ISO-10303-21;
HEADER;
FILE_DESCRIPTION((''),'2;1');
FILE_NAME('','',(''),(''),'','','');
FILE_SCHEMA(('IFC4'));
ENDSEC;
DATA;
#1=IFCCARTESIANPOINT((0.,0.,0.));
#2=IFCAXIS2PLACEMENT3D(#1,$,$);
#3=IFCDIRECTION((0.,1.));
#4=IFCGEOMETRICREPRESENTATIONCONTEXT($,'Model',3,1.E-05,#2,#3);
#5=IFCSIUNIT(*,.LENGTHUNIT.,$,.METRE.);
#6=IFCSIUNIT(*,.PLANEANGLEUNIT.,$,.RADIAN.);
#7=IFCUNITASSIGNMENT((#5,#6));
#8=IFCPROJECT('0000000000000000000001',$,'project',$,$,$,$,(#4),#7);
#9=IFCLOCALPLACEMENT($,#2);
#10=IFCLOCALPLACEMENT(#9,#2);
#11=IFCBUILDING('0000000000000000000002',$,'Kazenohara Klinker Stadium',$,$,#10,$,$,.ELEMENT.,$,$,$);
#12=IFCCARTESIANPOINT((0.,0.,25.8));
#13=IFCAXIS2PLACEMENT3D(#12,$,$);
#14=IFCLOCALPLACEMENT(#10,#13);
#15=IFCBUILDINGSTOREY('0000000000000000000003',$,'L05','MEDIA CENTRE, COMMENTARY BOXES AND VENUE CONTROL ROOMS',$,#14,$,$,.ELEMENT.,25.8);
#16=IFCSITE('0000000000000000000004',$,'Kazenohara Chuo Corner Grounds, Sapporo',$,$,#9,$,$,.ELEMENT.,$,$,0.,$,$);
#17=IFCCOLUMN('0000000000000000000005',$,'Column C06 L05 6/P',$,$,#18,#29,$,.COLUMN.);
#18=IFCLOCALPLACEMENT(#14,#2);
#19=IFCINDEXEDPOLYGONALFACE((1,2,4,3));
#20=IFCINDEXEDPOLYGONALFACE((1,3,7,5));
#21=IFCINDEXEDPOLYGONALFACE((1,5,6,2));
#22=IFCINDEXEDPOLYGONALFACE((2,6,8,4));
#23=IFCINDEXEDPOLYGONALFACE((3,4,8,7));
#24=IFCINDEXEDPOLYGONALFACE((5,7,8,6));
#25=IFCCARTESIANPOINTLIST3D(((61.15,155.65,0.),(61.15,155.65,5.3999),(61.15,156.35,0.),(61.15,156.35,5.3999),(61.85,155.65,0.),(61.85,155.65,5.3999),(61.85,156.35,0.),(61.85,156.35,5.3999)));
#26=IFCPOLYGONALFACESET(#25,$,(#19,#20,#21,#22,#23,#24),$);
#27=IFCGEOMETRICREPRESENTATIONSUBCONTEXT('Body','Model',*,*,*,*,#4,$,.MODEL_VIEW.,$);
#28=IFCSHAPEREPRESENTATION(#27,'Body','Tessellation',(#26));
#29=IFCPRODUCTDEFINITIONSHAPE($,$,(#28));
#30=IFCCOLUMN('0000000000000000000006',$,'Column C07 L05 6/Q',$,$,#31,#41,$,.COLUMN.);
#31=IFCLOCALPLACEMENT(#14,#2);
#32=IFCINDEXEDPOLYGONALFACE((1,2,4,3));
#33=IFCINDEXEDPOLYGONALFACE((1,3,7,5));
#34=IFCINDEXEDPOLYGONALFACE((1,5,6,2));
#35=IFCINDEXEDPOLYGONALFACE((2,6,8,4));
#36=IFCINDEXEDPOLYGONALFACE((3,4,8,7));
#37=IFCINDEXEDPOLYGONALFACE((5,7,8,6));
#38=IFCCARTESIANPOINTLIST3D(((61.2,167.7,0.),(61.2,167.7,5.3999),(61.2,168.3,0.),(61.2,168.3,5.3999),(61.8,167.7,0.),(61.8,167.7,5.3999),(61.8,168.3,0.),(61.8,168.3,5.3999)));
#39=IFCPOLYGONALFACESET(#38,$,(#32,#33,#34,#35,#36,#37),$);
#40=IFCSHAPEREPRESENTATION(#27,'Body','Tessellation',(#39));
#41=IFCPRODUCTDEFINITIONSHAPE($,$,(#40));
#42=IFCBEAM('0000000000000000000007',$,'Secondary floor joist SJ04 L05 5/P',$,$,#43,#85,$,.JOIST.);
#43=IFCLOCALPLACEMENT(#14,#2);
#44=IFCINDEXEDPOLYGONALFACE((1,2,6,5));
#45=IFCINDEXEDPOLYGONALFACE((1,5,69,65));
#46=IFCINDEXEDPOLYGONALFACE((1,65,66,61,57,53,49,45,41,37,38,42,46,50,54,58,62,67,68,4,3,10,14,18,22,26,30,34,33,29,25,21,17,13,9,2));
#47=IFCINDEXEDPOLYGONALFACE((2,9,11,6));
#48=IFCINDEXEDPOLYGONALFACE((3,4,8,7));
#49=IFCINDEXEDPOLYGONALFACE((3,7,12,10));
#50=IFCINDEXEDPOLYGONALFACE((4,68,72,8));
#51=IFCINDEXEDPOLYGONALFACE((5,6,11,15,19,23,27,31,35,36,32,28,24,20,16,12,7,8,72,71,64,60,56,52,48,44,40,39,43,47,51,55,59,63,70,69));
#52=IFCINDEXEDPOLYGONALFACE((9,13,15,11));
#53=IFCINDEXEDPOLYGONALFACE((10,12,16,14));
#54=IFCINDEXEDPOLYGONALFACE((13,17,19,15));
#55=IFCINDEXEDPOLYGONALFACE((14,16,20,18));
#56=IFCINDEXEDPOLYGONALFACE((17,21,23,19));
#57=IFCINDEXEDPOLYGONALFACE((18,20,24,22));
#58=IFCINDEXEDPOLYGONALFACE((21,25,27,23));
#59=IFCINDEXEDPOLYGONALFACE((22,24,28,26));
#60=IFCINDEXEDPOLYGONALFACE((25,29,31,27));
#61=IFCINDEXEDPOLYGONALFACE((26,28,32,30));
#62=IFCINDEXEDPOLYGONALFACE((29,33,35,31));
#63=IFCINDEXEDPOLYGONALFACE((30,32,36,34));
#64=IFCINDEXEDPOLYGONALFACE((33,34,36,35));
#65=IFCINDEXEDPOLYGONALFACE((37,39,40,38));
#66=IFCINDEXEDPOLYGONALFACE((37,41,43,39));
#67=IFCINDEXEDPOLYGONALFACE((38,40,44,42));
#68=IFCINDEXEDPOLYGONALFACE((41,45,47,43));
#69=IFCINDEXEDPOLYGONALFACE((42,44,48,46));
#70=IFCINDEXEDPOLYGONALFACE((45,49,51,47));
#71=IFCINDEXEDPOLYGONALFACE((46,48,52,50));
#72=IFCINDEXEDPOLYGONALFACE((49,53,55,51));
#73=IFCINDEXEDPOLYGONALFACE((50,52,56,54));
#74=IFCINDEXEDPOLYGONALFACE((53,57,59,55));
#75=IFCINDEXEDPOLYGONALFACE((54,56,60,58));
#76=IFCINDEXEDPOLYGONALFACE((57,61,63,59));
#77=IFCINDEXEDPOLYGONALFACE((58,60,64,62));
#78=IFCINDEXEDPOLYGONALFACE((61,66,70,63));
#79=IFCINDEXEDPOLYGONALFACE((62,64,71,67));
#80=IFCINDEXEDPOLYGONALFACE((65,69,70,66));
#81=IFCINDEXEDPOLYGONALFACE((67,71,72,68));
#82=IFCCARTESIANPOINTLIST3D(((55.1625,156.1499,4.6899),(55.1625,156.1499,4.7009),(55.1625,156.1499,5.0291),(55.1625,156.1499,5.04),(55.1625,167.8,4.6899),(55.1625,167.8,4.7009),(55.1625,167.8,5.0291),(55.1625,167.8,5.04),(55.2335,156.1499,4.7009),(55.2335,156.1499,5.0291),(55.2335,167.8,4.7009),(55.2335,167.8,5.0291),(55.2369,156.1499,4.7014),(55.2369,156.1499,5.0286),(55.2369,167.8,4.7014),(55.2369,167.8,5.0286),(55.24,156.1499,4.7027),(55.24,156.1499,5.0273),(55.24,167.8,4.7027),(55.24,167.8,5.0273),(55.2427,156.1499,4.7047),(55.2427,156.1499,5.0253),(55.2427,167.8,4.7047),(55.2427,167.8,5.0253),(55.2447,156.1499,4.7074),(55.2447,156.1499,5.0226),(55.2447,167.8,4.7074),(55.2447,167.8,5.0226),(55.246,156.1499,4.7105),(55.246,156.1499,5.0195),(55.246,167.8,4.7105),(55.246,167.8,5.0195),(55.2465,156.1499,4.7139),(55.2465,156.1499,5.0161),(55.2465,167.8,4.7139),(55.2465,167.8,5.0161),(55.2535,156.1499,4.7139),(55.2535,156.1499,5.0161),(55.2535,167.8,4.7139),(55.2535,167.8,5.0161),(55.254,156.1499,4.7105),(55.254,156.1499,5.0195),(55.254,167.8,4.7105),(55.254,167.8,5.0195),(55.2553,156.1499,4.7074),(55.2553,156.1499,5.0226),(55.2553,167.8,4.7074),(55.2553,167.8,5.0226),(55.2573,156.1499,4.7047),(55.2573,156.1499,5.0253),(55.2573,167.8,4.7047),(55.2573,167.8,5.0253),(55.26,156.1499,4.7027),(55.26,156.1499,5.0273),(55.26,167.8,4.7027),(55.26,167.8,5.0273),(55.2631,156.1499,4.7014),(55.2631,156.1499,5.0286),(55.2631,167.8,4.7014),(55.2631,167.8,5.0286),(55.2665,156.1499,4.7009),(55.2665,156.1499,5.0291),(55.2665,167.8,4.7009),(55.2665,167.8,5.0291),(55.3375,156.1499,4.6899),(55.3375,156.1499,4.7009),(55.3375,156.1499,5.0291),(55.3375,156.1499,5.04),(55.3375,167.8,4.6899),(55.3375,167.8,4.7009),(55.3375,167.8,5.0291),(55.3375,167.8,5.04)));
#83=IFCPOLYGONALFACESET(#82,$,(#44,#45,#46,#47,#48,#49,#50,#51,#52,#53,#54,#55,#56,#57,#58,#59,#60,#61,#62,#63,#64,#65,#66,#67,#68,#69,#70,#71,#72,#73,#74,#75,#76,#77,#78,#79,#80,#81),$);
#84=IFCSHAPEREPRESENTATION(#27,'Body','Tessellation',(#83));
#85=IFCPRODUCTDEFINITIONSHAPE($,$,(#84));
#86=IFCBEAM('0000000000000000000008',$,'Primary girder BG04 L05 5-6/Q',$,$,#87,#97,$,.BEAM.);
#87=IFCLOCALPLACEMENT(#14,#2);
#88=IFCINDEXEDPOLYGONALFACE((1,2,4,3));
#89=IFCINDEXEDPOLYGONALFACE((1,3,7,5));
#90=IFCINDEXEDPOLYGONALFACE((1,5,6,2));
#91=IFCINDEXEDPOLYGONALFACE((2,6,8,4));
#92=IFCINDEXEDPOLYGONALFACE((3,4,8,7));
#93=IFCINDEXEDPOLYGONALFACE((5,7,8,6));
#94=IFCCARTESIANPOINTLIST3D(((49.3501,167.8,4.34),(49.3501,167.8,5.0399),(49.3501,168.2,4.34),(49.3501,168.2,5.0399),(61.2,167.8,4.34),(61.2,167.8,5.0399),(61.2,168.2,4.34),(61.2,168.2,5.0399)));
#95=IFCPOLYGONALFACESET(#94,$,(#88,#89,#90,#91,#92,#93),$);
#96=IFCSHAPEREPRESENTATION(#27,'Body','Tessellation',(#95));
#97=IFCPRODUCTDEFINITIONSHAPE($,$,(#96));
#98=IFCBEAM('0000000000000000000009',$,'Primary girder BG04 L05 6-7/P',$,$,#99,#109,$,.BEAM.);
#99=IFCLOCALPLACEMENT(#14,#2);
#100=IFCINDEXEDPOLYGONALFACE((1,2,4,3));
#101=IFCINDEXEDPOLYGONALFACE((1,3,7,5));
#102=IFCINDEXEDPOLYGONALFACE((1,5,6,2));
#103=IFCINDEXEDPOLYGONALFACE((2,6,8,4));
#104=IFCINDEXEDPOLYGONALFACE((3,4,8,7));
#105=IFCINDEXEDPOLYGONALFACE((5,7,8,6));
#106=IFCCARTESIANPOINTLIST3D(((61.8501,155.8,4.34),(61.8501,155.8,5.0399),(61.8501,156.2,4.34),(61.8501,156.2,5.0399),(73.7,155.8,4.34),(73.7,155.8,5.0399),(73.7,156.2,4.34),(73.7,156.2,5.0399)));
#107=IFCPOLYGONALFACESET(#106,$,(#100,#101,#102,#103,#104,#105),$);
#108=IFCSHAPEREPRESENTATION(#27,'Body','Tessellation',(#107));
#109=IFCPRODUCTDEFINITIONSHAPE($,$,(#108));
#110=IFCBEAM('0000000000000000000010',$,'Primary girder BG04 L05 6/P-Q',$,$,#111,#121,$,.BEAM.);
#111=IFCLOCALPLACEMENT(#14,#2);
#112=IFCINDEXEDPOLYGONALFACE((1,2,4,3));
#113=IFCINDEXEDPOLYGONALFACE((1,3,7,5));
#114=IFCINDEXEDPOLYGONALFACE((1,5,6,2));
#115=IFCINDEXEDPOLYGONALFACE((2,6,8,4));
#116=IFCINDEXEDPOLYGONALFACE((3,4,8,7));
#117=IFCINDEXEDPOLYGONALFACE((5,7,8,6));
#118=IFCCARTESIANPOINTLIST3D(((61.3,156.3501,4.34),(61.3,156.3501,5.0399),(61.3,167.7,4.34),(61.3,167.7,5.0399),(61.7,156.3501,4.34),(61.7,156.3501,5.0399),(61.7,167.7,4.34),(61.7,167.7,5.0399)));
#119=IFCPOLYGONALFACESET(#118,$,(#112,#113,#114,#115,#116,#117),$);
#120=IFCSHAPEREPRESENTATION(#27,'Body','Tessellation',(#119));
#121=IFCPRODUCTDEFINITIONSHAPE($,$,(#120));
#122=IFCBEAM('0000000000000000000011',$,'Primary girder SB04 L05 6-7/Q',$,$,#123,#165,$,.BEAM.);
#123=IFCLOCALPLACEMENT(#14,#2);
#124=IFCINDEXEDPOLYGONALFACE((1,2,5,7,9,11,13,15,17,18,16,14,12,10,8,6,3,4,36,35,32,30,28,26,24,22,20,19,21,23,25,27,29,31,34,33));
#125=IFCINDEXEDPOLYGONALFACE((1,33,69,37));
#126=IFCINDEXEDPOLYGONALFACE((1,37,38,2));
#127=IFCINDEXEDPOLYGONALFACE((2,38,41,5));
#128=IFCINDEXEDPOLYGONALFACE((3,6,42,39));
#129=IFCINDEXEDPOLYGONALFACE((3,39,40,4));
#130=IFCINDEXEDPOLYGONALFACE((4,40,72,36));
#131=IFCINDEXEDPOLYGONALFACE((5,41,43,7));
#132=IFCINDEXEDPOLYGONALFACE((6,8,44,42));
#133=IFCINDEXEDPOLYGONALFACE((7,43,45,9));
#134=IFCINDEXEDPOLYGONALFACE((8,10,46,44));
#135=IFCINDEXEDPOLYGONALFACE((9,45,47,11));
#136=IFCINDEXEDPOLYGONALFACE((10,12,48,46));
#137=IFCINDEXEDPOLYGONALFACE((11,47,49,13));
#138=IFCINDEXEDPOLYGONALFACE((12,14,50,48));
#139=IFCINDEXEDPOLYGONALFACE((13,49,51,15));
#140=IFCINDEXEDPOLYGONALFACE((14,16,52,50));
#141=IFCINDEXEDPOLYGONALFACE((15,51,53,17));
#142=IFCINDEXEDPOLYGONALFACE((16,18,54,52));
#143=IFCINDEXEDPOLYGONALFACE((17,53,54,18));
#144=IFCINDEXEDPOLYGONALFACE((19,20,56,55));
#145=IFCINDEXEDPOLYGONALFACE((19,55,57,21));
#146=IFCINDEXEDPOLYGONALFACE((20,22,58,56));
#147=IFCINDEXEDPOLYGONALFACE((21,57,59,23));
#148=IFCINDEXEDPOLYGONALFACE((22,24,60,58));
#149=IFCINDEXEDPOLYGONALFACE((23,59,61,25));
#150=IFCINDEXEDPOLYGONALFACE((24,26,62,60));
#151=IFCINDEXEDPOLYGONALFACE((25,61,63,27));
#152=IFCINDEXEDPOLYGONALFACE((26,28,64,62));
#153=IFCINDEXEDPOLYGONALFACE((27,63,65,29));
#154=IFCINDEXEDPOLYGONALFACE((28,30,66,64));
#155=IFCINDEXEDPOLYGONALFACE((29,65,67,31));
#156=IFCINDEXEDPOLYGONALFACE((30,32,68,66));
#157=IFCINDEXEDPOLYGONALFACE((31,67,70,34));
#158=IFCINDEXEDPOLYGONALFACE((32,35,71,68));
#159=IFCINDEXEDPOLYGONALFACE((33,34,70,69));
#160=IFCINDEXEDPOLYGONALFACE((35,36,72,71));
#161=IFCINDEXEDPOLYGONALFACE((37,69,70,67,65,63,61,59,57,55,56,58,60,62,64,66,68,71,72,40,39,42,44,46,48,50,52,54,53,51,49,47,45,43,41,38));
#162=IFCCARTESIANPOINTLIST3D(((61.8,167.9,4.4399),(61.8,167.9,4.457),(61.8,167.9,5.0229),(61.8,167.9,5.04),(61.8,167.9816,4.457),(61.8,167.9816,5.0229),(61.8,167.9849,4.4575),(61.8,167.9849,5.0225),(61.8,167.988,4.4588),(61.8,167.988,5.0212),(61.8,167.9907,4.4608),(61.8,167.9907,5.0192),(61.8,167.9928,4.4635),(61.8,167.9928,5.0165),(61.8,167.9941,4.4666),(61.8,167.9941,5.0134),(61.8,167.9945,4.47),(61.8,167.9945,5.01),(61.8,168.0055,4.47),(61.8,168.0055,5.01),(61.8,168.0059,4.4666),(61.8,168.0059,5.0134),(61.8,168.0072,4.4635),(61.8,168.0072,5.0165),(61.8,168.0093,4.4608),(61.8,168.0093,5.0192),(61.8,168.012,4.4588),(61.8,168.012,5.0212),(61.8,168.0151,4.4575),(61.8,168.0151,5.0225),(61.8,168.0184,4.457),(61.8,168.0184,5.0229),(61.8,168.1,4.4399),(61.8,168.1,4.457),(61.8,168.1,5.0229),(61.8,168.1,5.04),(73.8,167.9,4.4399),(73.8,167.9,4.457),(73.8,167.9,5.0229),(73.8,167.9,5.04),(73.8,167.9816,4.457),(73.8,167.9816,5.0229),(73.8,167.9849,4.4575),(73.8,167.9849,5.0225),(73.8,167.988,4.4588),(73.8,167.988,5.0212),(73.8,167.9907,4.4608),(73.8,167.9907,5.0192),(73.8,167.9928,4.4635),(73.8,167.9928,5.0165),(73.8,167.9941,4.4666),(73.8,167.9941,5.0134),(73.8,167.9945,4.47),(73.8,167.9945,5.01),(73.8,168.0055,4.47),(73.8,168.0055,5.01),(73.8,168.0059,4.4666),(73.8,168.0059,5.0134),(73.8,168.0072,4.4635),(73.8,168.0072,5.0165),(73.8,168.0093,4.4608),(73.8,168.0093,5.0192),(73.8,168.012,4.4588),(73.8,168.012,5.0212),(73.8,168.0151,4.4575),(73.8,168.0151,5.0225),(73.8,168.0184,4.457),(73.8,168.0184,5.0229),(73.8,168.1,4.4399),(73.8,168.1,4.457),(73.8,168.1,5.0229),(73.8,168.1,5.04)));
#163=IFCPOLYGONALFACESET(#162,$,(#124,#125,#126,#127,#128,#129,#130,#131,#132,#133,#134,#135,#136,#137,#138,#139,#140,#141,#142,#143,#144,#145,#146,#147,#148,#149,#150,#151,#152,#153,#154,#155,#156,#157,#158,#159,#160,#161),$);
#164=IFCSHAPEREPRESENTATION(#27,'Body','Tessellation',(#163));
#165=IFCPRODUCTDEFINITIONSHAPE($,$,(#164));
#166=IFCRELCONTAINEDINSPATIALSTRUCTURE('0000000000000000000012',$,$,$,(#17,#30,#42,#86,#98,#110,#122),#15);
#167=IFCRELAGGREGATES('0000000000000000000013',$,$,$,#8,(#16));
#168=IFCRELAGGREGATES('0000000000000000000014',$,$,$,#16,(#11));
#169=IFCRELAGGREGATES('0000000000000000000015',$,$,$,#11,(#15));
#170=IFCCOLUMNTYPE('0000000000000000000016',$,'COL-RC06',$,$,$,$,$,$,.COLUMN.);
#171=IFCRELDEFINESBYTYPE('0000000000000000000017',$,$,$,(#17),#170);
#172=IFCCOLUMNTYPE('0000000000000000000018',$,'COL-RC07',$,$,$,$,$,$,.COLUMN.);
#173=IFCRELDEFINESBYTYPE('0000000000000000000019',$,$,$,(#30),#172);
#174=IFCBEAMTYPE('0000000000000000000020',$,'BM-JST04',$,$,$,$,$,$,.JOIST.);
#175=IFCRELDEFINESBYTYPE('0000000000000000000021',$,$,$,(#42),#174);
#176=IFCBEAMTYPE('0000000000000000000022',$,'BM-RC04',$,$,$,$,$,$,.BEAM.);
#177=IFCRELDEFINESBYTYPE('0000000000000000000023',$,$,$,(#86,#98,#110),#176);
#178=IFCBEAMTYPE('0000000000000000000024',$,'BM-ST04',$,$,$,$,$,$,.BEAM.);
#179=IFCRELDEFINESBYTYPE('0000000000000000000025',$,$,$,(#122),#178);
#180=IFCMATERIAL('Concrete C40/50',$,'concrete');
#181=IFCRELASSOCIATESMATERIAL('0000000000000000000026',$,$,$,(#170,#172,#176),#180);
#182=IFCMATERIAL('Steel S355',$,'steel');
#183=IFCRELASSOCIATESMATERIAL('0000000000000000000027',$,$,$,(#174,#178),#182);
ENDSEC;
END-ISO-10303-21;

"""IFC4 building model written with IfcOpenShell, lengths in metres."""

from ifc_helpers import new_model, si_unit, direction, frame, origin, origin_2d, place, context, subcontext, project, spatial, rectangle, i_section, extrude, material, material_profile, profile_set, type_object, element, save


model = new_model("IFC4")

# Units and contexts
model_context = context("Model", 3, precision=1e-05, world=origin(), true_north=direction((0.0, 1.0)))
body_context = subcontext(model_context, "Body", "Model", "MODEL_VIEW")
ifc_project = project(units=[si_unit("LENGTHUNIT", "METRE"), si_unit("PLANEANGLEUNIT", "RADIAN")], contexts=[model_context])

# Site, building, storey
site_placement = place(None, origin())
site = spatial("IfcSite", under=ifc_project, at=site_placement, Name="Kazenohara Chuo Corner Grounds, Sapporo", CompositionType="ELEMENT", RefElevation=0.0)
building_placement = place(site_placement, origin())
building = spatial("IfcBuilding", under=site, at=building_placement, Name="Kazenohara Klinker Stadium", CompositionType="ELEMENT")
storey_placement = place(building_placement, frame((0.0, 0.0, 25.8)))
storey = spatial("IfcBuildingStorey", under=building, at=storey_placement, Name="L05", Description="MEDIA CENTRE, COMMENTARY BOXES AND VENUE CONTROL ROOMS", CompositionType="ELEMENT", Elevation=25.8)

# Columns
ifc_material_1 = material(Name="Concrete C40/50", Category="concrete")
ifc_material_profile_1 = material_profile(ifc_material_1, rectangle(XDim=0.7, YDim=0.7, at=origin_2d()), Name="RC-COL-700x700")
ifc_profile_set_1 = profile_set([ifc_material_profile_1], Name="Concrete C40/50")
column_type_1 = type_object("IfcColumnType", Name="COL-RC06", PredefinedType="COLUMN", material=ifc_profile_set_1)
column_1_placement = place(storey_placement, frame((61.5, 156.0, 0.0), z_axis=(0.0, 0.0, 1.0), x_axis=(1.0, 0.0, 0.0)))
element("IfcColumn", 1, at=column_1_placement, inside=storey, type_object=column_type_1, Name="Column C06 L05 6/P", PredefinedType="COLUMN", context=body_context, shape_type="SweptSolid", body=[
    extrude(rectangle(XDim=0.7, YDim=0.7, at=origin_2d()), origin(), (0.0, 0.0, 1.0), 5.3999),
])
ifc_material_profile_2 = material_profile(ifc_material_1, rectangle(XDim=0.6001, YDim=0.6001, at=origin_2d()), Name="RC-COL-600x600")
ifc_profile_set_2 = profile_set([ifc_material_profile_2], Name="Concrete C40/50")
column_type_2 = type_object("IfcColumnType", Name="COL-RC07", PredefinedType="COLUMN", material=ifc_profile_set_2)
column_2_placement = place(storey_placement, frame((61.5, 168.0, 0.0), z_axis=(0.0, 0.0, 1.0), x_axis=(1.0, 0.0, 0.0)))
element("IfcColumn", 2, at=column_2_placement, inside=storey, type_object=column_type_2, Name="Column C07 L05 6/Q", PredefinedType="COLUMN", context=body_context, shape_type="SweptSolid", body=[
    extrude(rectangle(XDim=0.6001, YDim=0.6001, at=origin_2d()), origin(), (0.0, 0.0, 1.0), 5.3999),
])

# Beams
ifc_material_2 = material(Name="Steel S355", Category="steel")
ifc_material_profile_3 = material_profile(ifc_material_2, i_section(OverallWidth=0.175, OverallDepth=0.3501, WebThickness=0.0071, FlangeThickness=0.011, FilletRadius=0.0129, at=origin_2d()), Name="H-350x175x7x11")
ifc_profile_set_3 = profile_set([ifc_material_profile_3], Name="Steel S355")
beam_type_1 = type_object("IfcBeamType", Name="BM-JST04", PredefinedType="JOIST", material=ifc_profile_set_3)
beam_1_placement = place(storey_placement, frame((55.25, 156.1499, 4.865), z_axis=(0.0, 1.0, 0.0), x_axis=(-1.0, 0.0, 0.0)))
element("IfcBeam", 3, at=beam_1_placement, inside=storey, type_object=beam_type_1, Name="Secondary floor joist SJ04 L05 5/P", PredefinedType="JOIST", context=body_context, shape_type="SweptSolid", body=[
    extrude(i_section(OverallWidth=0.175, OverallDepth=0.3501, WebThickness=0.0071, FlangeThickness=0.011, FilletRadius=0.0129, at=origin_2d()), origin(), (0.0, 0.0, 1.0), 11.6501),
])
ifc_material_profile_4 = material_profile(ifc_material_1, rectangle(XDim=0.3999, YDim=0.7, at=origin_2d()), Name="RC-BM-400x700")
ifc_profile_set_4 = profile_set([ifc_material_profile_4], Name="Concrete C40/50")
beam_type_2 = type_object("IfcBeamType", Name="BM-RC04", PredefinedType="BEAM", material=ifc_profile_set_4)
for number, where, z_axis, x_axis, name in (
    (4, (49.3501, 168.0, 4.6899), (1.0, 0.0, 0.0), (0.0, 1.0, 0.0), "Primary girder BG04 L05 5-6/Q"),
    (5, (61.8501, 156.0, 4.6899), (1.0, 0.0, 0.0), (0.0, 1.0, 0.0), "Primary girder BG04 L05 6-7/P"),
):
    element("IfcBeam", number, at=place(storey_placement, frame(where, z_axis=z_axis, x_axis=x_axis)), inside=storey, type_object=beam_type_2, Name=name, PredefinedType="BEAM", context=body_context, shape_type="SweptSolid", body=[
        extrude(rectangle(XDim=0.3999, YDim=0.7, at=origin_2d()), origin(), (0.0, 0.0, 1.0), 11.8499),
    ])
beam_2_placement = place(storey_placement, frame((61.5, 156.3501, 4.6899), z_axis=(0.0, 1.0, 0.0), x_axis=(-1.0, 0.0, 0.0)))
element("IfcBeam", 6, at=beam_2_placement, inside=storey, type_object=beam_type_2, Name="Primary girder BG04 L05 6/P-Q", PredefinedType="BEAM", context=body_context, shape_type="SweptSolid", body=[
    extrude(rectangle(XDim=0.3999, YDim=0.7, at=origin_2d()), origin(), (0.0, 0.0, 1.0), 11.3499),
])
ifc_material_profile_5 = material_profile(ifc_material_2, i_section(OverallWidth=0.2, OverallDepth=0.6001, WebThickness=0.011, FlangeThickness=0.0171, FilletRadius=0.0129, at=origin_2d()), Name="H-600x200x11x17")
ifc_profile_set_5 = profile_set([ifc_material_profile_5], Name="Steel S355")
beam_type_3 = type_object("IfcBeamType", Name="BM-ST04", PredefinedType="BEAM", material=ifc_profile_set_5)
beam_3_placement = place(storey_placement, frame((61.8, 168.0, 4.74), z_axis=(1.0, 0.0, 0.0), x_axis=(0.0, 1.0, 0.0)))
element("IfcBeam", 7, at=beam_3_placement, inside=storey, type_object=beam_type_3, Name="Primary girder SB04 L05 6-7/Q", PredefinedType="BEAM", context=body_context, shape_type="SweptSolid", body=[
    extrude(i_section(OverallWidth=0.2, OverallDepth=0.6001, WebThickness=0.011, FlangeThickness=0.0171, FilletRadius=0.0129, at=origin_2d()), origin(), (0.0, 0.0, 1.0), 12.0),
])

save(model, "model.ifc")
